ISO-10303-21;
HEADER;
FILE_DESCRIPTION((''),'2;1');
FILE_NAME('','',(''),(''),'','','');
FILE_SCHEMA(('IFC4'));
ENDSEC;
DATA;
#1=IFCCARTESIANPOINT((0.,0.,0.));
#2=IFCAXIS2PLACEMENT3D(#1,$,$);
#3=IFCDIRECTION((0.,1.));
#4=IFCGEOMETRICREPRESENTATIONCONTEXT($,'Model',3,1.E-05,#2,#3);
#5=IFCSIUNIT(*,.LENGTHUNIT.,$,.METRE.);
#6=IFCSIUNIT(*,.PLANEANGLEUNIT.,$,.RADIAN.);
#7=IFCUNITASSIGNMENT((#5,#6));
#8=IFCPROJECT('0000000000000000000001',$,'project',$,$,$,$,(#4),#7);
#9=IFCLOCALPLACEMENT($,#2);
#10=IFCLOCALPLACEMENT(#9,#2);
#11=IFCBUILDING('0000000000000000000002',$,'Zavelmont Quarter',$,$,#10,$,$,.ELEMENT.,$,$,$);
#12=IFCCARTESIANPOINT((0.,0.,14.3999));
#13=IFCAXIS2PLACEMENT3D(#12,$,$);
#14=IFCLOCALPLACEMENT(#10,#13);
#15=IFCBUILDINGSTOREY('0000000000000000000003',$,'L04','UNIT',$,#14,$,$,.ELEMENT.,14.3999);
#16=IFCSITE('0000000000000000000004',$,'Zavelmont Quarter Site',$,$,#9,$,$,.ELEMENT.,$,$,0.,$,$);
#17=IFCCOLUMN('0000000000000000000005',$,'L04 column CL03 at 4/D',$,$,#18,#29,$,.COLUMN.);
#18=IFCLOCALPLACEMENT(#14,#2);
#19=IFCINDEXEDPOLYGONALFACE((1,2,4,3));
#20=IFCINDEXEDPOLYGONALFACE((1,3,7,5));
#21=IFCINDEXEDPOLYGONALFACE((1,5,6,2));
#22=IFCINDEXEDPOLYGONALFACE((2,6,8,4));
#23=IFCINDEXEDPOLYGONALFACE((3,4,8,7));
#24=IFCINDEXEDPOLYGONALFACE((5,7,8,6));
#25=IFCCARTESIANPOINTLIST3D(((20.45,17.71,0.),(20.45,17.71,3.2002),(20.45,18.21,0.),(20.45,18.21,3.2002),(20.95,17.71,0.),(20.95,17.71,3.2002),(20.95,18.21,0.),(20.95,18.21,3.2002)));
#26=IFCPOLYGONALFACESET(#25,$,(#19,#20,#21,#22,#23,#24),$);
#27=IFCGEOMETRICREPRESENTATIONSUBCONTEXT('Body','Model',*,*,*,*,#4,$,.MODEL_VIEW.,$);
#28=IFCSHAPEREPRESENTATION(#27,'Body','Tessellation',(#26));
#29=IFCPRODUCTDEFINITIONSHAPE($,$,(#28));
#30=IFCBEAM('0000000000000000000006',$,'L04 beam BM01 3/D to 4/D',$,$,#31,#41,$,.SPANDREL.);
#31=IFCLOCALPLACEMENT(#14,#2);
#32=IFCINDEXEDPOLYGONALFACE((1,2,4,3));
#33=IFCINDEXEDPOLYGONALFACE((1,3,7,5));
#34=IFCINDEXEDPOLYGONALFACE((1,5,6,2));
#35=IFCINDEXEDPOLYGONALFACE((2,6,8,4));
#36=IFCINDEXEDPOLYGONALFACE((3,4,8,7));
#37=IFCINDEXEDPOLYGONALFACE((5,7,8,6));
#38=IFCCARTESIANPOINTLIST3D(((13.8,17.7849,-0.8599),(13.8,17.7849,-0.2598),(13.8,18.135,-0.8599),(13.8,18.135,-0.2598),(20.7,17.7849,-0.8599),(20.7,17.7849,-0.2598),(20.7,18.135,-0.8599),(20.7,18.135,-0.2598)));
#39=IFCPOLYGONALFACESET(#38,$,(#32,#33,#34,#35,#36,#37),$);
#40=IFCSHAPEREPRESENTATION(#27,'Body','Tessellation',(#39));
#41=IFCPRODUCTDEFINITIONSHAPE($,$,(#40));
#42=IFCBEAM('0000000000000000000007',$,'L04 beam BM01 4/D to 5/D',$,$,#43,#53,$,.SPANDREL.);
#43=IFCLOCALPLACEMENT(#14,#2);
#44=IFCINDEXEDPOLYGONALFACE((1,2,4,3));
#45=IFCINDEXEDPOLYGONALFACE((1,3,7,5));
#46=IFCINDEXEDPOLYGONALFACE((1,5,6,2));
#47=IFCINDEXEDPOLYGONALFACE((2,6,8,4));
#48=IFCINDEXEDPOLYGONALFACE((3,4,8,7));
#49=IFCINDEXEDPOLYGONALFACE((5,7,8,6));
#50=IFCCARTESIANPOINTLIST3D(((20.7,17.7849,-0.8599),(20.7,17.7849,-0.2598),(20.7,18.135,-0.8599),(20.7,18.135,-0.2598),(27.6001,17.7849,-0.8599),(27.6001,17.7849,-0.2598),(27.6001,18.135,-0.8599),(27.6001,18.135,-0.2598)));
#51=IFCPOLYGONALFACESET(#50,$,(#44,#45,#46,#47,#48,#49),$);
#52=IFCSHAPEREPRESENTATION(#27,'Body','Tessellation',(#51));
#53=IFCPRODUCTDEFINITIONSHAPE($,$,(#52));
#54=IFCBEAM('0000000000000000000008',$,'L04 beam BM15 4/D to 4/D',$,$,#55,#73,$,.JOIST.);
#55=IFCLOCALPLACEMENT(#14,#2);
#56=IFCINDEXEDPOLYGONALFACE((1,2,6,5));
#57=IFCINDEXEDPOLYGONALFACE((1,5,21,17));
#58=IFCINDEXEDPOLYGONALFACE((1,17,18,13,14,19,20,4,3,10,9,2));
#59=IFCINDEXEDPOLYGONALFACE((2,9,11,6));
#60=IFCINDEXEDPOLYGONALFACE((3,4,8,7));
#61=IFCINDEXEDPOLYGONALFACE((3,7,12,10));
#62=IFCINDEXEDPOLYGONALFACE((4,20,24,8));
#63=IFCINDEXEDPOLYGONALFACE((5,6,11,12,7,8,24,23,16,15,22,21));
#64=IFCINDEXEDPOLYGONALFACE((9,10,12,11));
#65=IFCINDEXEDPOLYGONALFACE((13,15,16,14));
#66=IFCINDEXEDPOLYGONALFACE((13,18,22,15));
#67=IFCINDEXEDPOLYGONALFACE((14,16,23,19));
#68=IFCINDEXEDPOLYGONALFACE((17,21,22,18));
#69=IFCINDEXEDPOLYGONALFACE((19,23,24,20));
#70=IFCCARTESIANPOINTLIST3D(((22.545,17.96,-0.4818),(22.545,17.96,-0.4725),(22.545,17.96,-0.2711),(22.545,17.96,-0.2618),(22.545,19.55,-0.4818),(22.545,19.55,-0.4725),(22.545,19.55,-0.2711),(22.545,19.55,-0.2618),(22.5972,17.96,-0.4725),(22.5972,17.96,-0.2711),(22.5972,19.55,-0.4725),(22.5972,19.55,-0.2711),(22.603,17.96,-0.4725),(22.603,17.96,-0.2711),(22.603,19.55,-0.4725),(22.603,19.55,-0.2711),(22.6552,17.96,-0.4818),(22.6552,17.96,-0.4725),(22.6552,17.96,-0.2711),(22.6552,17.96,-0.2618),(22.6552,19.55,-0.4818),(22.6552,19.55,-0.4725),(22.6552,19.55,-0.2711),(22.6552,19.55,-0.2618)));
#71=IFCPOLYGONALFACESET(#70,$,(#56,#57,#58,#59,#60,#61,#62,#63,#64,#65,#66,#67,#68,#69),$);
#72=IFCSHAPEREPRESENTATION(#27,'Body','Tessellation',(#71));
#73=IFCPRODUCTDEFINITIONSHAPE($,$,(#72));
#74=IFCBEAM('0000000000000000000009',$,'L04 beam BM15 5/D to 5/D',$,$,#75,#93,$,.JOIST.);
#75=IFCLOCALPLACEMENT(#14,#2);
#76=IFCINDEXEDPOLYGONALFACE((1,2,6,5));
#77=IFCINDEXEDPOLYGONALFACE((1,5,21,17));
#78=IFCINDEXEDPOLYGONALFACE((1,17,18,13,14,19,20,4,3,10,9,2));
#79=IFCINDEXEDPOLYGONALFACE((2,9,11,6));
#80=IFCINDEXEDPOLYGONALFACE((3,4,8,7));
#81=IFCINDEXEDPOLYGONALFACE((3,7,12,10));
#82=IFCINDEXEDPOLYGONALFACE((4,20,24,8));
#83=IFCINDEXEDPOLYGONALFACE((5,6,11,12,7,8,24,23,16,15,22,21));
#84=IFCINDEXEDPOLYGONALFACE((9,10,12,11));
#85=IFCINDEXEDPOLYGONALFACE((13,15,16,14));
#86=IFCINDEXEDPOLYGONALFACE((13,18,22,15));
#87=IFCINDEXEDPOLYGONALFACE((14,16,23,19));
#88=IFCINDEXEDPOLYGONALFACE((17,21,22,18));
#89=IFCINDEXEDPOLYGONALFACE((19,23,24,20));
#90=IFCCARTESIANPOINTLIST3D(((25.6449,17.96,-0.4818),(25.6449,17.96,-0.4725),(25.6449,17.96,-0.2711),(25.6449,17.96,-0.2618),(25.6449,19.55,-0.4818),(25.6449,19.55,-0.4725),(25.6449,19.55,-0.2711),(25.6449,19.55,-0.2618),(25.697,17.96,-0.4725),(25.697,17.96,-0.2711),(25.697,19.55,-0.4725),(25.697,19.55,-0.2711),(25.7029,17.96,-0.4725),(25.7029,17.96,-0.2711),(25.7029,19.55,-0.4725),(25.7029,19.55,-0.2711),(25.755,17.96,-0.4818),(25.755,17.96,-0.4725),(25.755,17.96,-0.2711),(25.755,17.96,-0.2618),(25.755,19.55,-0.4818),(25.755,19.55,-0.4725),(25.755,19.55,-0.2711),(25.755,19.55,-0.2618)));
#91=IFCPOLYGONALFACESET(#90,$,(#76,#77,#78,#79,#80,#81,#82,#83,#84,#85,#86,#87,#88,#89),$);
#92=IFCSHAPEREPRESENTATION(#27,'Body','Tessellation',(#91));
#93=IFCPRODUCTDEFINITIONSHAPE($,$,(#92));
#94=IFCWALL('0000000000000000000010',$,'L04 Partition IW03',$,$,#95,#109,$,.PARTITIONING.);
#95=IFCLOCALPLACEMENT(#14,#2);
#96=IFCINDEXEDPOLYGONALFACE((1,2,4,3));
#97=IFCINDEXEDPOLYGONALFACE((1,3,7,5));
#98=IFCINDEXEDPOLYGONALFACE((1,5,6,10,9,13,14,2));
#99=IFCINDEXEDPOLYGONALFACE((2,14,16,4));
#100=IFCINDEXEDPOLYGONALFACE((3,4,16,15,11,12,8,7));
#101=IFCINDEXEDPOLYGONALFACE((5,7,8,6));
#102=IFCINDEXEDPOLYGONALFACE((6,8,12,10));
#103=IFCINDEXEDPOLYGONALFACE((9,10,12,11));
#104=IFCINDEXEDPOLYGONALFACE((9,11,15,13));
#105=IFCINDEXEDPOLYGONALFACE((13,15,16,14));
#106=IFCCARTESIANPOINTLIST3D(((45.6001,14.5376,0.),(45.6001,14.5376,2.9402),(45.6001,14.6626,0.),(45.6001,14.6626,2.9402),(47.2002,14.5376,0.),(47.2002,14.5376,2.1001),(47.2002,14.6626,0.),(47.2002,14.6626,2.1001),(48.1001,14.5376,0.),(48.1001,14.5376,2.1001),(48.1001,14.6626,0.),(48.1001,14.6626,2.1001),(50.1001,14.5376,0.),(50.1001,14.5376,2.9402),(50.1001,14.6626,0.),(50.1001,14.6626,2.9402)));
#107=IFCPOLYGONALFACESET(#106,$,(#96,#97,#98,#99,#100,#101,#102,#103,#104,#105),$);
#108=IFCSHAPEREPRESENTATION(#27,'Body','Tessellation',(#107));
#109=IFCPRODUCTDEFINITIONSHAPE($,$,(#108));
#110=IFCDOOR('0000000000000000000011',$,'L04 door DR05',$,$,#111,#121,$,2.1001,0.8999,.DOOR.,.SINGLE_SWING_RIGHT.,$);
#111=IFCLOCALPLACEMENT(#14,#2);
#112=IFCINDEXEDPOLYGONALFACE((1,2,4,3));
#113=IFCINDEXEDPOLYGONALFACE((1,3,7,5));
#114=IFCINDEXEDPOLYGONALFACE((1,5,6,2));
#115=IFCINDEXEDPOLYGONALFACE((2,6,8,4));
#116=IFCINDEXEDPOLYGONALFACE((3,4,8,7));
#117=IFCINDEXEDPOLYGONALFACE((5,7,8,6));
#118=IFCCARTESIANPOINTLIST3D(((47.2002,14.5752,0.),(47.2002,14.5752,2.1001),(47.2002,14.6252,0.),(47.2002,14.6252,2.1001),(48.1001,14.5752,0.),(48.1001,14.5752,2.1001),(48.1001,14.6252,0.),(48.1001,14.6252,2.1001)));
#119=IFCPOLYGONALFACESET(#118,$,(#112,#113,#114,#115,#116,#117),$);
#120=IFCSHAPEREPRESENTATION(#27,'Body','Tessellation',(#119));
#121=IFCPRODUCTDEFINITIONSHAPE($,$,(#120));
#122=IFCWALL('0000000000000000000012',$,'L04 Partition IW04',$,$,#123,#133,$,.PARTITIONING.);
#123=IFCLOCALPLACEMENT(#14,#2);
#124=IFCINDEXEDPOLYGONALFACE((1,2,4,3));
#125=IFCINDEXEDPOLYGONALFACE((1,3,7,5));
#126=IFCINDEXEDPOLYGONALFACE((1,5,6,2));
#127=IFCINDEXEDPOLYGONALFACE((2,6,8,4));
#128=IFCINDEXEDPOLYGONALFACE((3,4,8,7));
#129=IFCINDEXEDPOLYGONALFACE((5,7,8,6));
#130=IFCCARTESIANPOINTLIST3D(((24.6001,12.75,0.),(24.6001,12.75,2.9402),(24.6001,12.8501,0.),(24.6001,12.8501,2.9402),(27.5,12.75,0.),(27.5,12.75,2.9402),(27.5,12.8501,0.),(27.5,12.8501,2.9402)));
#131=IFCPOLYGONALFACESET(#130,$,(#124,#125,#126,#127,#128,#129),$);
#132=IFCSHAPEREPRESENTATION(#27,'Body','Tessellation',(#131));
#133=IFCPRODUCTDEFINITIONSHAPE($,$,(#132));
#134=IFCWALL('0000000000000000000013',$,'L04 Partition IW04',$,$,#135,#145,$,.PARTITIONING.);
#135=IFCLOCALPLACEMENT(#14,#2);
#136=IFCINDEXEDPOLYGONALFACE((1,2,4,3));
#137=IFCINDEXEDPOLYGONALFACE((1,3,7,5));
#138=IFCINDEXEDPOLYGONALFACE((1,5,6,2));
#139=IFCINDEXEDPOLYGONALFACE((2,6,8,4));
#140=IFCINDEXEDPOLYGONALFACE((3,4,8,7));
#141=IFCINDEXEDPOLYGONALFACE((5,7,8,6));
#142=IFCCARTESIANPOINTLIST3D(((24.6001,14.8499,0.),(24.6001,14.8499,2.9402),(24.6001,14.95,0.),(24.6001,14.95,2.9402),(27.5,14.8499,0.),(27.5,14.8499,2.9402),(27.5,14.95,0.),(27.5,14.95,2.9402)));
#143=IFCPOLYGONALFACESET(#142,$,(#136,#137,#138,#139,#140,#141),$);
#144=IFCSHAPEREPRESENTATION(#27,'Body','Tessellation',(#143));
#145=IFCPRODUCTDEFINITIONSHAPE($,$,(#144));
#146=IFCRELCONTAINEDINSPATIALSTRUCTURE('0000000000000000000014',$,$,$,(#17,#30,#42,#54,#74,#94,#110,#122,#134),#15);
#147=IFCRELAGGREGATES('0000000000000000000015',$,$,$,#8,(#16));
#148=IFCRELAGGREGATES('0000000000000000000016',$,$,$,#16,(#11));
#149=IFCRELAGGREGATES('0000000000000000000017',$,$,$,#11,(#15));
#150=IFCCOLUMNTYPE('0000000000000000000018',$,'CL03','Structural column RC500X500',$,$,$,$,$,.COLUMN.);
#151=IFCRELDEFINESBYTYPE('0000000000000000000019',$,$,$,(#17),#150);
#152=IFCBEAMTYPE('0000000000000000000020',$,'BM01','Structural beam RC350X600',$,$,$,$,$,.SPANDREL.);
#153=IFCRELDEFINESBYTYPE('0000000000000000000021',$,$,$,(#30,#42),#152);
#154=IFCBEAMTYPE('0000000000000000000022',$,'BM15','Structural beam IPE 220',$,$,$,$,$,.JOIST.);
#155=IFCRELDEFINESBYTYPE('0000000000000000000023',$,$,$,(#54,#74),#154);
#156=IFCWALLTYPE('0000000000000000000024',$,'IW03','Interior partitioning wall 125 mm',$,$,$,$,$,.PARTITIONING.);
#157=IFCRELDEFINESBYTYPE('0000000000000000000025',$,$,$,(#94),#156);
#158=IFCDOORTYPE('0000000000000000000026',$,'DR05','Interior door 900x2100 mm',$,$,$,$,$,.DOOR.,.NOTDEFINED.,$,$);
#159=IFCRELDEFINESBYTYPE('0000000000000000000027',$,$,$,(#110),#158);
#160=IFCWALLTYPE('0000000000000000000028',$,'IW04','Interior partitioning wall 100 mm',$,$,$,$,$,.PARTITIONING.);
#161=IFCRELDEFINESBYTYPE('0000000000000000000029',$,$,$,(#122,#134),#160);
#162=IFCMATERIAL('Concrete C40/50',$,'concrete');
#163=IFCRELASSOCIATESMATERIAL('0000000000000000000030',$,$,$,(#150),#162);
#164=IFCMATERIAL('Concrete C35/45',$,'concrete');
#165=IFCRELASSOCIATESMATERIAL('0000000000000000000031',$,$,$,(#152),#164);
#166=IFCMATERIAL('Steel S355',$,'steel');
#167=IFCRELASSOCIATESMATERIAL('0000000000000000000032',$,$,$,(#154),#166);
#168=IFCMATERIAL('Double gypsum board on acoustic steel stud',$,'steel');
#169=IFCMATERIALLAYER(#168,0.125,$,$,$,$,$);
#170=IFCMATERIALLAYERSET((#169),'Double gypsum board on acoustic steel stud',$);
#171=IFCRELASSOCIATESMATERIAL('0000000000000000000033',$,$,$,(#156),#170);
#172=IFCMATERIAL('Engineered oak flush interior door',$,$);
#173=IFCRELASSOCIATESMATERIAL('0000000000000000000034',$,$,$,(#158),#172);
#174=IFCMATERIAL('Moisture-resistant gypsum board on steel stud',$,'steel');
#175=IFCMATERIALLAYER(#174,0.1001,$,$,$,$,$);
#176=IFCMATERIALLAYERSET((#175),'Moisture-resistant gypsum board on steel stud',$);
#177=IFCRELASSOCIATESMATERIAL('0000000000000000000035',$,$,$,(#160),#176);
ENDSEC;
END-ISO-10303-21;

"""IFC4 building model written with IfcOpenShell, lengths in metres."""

from ifc_helpers import new_model, si_unit, direction, frame, frame_2d, origin, origin_2d, place, context, subcontext, project, spatial, rectangle, i_section, extrude, material, layer, layer_set, material_profile, profile_set, type_object, element, fill, save


model = new_model("IFC4")

# Units and contexts
model_context = context("Model", 3, precision=1e-05, world=origin(), true_north=direction((0.0, 1.0)))
body_context = subcontext(model_context, "Body", "Model", "MODEL_VIEW")
ifc_project = project(units=[si_unit("LENGTHUNIT", "METRE"), si_unit("PLANEANGLEUNIT", "RADIAN")], contexts=[model_context])

# Site, building, storey
site_placement = place(None, origin())
site = spatial("IfcSite", under=ifc_project, at=site_placement, Name="Zavelmont Quarter Site", CompositionType="ELEMENT", RefElevation=0.0)
building_placement = place(site_placement, origin())
building = spatial("IfcBuilding", under=site, at=building_placement, Name="Zavelmont Quarter", CompositionType="ELEMENT")
storey_placement = place(building_placement, frame((0.0, 0.0, 14.3999)))
storey = spatial("IfcBuildingStorey", under=building, at=storey_placement, Name="L04", Description="UNIT", CompositionType="ELEMENT", Elevation=14.3999)

# Column
ifc_material_1 = material(Name="Concrete C40/50", Category="concrete")
ifc_material_profile_1 = material_profile(ifc_material_1, rectangle(XDim=0.5, YDim=0.5, at=origin_2d()), Name="RC500X500")
ifc_profile_set_1 = profile_set([ifc_material_profile_1], Name="Concrete C40/50")
column_type = type_object("IfcColumnType", Name="CL03", Description="Structural column RC500X500", PredefinedType="COLUMN", material=ifc_profile_set_1)
column_placement = place(storey_placement, frame((20.7, 17.96, 0.0), z_axis=(0.0, 0.0, 1.0), x_axis=(1.0, 0.0, 0.0)))
element("IfcColumn", 1, at=column_placement, inside=storey, type_object=column_type, Name="L04 column CL03 at 4/D", PredefinedType="COLUMN", context=body_context, shape_type="SweptSolid", body=[
    extrude(rectangle(XDim=0.5, YDim=0.5, at=origin_2d()), origin(), (0.0, 0.0, 1.0), 3.2002),
])

# Beams
ifc_material_2 = material(Name="Concrete C35/45", Category="concrete")
ifc_material_profile_2 = material_profile(ifc_material_2, rectangle(XDim=0.3501, YDim=0.6001, at=origin_2d()), Name="RC350X600")
ifc_profile_set_2 = profile_set([ifc_material_profile_2], Name="Concrete C35/45")
beam_type_1 = type_object("IfcBeamType", Name="BM01", Description="Structural beam RC350X600", PredefinedType="SPANDREL", material=ifc_profile_set_2)
beam_1_placement = place(storey_placement, frame((13.8, 17.96, -0.5598), z_axis=(1.0, 0.0, 0.0), x_axis=(0.0, 1.0, 0.0)))
element("IfcBeam", 2, at=beam_1_placement, inside=storey, type_object=beam_type_1, Name="L04 beam BM01 3/D to 4/D", PredefinedType="SPANDREL", context=body_context, shape_type="SweptSolid", body=[
    extrude(rectangle(XDim=0.3501, YDim=0.6001, at=origin_2d()), origin(), (0.0, 0.0, 1.0), 6.8999),
])
beam_2_placement = place(storey_placement, frame((20.7, 17.96, -0.5598), z_axis=(1.0, 0.0, 0.0), x_axis=(0.0, 1.0, 0.0)))
element("IfcBeam", 3, at=beam_2_placement, inside=storey, type_object=beam_type_1, Name="L04 beam BM01 4/D to 5/D", PredefinedType="SPANDREL", context=body_context, shape_type="SweptSolid", body=[
    extrude(rectangle(XDim=0.3501, YDim=0.6001, at=origin_2d()), origin(), (0.0, 0.0, 1.0), 6.9001),
])
ifc_material_3 = material(Name="Steel S355", Category="steel")
ifc_material_profile_3 = material_profile(ifc_material_3, i_section(OverallWidth=0.1101, OverallDepth=0.22, WebThickness=0.0059, FlangeThickness=0.0093, at=origin_2d()), Name="IPE 220")
ifc_profile_set_3 = profile_set([ifc_material_profile_3], Name="Steel S355")
beam_type_2 = type_object("IfcBeamType", Name="BM15", Description="Structural beam IPE 220", PredefinedType="JOIST", material=ifc_profile_set_3)
for number, where, z_axis, x_axis, name in (
    (4, (22.6001, 17.96, -0.3718), (0.0, 1.0, 0.0), (-1.0, 0.0, 0.0), "L04 beam BM15 4/D to 4/D"),
    (5, (25.7, 17.96, -0.3718), (0.0, 1.0, 0.0), (-1.0, 0.0, 0.0), "L04 beam BM15 5/D to 5/D"),
):
    element("IfcBeam", number, at=place(storey_placement, frame(where, z_axis=z_axis, x_axis=x_axis)), inside=storey, type_object=beam_type_2, Name=name, PredefinedType="JOIST", context=body_context, shape_type="SweptSolid", body=[
        extrude(i_section(OverallWidth=0.1101, OverallDepth=0.22, WebThickness=0.0059, FlangeThickness=0.0093, at=origin_2d()), origin(), (0.0, 0.0, 1.0), 1.5901),
    ])

# Wall, opening, door
ifc_material_4 = material(Name="Double gypsum board on acoustic steel stud", Category="steel")
ifc_layer_1 = layer(ifc_material_4, 0.125)
ifc_layer_set_1 = layer_set([ifc_layer_1], Name="Double gypsum board on acoustic steel stud")
wall_type_1 = type_object("IfcWallType", Name="IW03", Description="Interior partitioning wall 125 mm", PredefinedType="PARTITIONING", material=ifc_layer_set_1)
wall_1_placement = place(storey_placement, frame((45.6001, 14.6001, 0.0), z_axis=(0.0, 0.0, 1.0), x_axis=(1.0, 0.0, 0.0)))
wall_1 = element("IfcWall", 6, at=wall_1_placement, inside=storey, type_object=wall_type_1, Name="L04 Partition IW03", PredefinedType="PARTITIONING", context=body_context, shape_type="SweptSolid", body=[
    extrude(rectangle(XDim=4.5, YDim=0.125, at=frame_2d((2.25, 0.0))), origin(), (0.0, 0.0, 1.0), 2.9402),
])
opening_1_placement = place(wall_1_placement, frame((1.6001, 0.0, 0.0)))
opening_1 = element("IfcOpeningElement", 7, at=opening_1_placement, cuts=wall_1, PredefinedType="OPENING", context=body_context, shape_type="SweptSolid", body=[
    extrude(rectangle(XDim=0.8999, YDim=2.1001, at=frame_2d((0.45, 1.05))), frame((0.0, 0.0745, 0.0), z_axis=(0.0, -1.0, 0.0), x_axis=(1.0, 0.0, 0.0)), (0.0, 0.0, 1.0), 0.1489),
])
ifc_material_5 = material(Name="Engineered oak flush interior door")
door_type_1 = type_object("IfcDoorType", Name="DR05", Description="Interior door 900x2100 mm", OperationType="NOTDEFINED", PredefinedType="DOOR", material=ifc_material_5)
door_1_placement = place(opening_1_placement, frame((0.8999, 0.0, 0.0), z_axis=(0.0, 0.0, 1.0), x_axis=(-1.0, 0.0, 0.0)))
door_1 = element("IfcDoor", 8, at=door_1_placement, inside=storey, type_object=door_type_1, Name="L04 door DR05", OperationType="SINGLE_SWING_RIGHT", OverallHeight=2.1001, OverallWidth=0.8999, PredefinedType="DOOR", context=body_context, shape_type="SweptSolid", body=[
    extrude(rectangle(XDim=0.8999, YDim=2.1001, at=frame_2d((0.45, 1.05))), frame((0.0, 0.0249, 0.0), z_axis=(0.0, -1.0, 0.0), x_axis=(1.0, 0.0, 0.0)), (0.0, 0.0, 1.0), 0.05),
])
fill(opening_1, door_1)

# Walls
ifc_material_6 = material(Name="Moisture-resistant gypsum board on steel stud", Category="steel")
ifc_layer_2 = layer(ifc_material_6, 0.1001)
ifc_layer_set_2 = layer_set([ifc_layer_2], Name="Moisture-resistant gypsum board on steel stud")
wall_type_2 = type_object("IfcWallType", Name="IW04", Description="Interior partitioning wall 100 mm", PredefinedType="PARTITIONING", material=ifc_layer_set_2)
for number, where, z_axis, x_axis, name in (
    (9, (24.6001, 12.8, 0.0), (0.0, 0.0, 1.0), (1.0, 0.0, 0.0), "L04 Partition IW04"),
    (10, (24.6001, 14.8999, 0.0), (0.0, 0.0, 1.0), (1.0, 0.0, 0.0), "L04 Partition IW04"),
):
    element("IfcWall", number, at=place(storey_placement, frame(where, z_axis=z_axis, x_axis=x_axis)), inside=storey, type_object=wall_type_2, Name=name, PredefinedType="PARTITIONING", context=body_context, shape_type="SweptSolid", body=[
        extrude(rectangle(XDim=2.8999, YDim=0.1001, at=frame_2d((1.45, 0.0))), origin(), (0.0, 0.0, 1.0), 2.9402),
    ])

save(model, "model.ifc")
